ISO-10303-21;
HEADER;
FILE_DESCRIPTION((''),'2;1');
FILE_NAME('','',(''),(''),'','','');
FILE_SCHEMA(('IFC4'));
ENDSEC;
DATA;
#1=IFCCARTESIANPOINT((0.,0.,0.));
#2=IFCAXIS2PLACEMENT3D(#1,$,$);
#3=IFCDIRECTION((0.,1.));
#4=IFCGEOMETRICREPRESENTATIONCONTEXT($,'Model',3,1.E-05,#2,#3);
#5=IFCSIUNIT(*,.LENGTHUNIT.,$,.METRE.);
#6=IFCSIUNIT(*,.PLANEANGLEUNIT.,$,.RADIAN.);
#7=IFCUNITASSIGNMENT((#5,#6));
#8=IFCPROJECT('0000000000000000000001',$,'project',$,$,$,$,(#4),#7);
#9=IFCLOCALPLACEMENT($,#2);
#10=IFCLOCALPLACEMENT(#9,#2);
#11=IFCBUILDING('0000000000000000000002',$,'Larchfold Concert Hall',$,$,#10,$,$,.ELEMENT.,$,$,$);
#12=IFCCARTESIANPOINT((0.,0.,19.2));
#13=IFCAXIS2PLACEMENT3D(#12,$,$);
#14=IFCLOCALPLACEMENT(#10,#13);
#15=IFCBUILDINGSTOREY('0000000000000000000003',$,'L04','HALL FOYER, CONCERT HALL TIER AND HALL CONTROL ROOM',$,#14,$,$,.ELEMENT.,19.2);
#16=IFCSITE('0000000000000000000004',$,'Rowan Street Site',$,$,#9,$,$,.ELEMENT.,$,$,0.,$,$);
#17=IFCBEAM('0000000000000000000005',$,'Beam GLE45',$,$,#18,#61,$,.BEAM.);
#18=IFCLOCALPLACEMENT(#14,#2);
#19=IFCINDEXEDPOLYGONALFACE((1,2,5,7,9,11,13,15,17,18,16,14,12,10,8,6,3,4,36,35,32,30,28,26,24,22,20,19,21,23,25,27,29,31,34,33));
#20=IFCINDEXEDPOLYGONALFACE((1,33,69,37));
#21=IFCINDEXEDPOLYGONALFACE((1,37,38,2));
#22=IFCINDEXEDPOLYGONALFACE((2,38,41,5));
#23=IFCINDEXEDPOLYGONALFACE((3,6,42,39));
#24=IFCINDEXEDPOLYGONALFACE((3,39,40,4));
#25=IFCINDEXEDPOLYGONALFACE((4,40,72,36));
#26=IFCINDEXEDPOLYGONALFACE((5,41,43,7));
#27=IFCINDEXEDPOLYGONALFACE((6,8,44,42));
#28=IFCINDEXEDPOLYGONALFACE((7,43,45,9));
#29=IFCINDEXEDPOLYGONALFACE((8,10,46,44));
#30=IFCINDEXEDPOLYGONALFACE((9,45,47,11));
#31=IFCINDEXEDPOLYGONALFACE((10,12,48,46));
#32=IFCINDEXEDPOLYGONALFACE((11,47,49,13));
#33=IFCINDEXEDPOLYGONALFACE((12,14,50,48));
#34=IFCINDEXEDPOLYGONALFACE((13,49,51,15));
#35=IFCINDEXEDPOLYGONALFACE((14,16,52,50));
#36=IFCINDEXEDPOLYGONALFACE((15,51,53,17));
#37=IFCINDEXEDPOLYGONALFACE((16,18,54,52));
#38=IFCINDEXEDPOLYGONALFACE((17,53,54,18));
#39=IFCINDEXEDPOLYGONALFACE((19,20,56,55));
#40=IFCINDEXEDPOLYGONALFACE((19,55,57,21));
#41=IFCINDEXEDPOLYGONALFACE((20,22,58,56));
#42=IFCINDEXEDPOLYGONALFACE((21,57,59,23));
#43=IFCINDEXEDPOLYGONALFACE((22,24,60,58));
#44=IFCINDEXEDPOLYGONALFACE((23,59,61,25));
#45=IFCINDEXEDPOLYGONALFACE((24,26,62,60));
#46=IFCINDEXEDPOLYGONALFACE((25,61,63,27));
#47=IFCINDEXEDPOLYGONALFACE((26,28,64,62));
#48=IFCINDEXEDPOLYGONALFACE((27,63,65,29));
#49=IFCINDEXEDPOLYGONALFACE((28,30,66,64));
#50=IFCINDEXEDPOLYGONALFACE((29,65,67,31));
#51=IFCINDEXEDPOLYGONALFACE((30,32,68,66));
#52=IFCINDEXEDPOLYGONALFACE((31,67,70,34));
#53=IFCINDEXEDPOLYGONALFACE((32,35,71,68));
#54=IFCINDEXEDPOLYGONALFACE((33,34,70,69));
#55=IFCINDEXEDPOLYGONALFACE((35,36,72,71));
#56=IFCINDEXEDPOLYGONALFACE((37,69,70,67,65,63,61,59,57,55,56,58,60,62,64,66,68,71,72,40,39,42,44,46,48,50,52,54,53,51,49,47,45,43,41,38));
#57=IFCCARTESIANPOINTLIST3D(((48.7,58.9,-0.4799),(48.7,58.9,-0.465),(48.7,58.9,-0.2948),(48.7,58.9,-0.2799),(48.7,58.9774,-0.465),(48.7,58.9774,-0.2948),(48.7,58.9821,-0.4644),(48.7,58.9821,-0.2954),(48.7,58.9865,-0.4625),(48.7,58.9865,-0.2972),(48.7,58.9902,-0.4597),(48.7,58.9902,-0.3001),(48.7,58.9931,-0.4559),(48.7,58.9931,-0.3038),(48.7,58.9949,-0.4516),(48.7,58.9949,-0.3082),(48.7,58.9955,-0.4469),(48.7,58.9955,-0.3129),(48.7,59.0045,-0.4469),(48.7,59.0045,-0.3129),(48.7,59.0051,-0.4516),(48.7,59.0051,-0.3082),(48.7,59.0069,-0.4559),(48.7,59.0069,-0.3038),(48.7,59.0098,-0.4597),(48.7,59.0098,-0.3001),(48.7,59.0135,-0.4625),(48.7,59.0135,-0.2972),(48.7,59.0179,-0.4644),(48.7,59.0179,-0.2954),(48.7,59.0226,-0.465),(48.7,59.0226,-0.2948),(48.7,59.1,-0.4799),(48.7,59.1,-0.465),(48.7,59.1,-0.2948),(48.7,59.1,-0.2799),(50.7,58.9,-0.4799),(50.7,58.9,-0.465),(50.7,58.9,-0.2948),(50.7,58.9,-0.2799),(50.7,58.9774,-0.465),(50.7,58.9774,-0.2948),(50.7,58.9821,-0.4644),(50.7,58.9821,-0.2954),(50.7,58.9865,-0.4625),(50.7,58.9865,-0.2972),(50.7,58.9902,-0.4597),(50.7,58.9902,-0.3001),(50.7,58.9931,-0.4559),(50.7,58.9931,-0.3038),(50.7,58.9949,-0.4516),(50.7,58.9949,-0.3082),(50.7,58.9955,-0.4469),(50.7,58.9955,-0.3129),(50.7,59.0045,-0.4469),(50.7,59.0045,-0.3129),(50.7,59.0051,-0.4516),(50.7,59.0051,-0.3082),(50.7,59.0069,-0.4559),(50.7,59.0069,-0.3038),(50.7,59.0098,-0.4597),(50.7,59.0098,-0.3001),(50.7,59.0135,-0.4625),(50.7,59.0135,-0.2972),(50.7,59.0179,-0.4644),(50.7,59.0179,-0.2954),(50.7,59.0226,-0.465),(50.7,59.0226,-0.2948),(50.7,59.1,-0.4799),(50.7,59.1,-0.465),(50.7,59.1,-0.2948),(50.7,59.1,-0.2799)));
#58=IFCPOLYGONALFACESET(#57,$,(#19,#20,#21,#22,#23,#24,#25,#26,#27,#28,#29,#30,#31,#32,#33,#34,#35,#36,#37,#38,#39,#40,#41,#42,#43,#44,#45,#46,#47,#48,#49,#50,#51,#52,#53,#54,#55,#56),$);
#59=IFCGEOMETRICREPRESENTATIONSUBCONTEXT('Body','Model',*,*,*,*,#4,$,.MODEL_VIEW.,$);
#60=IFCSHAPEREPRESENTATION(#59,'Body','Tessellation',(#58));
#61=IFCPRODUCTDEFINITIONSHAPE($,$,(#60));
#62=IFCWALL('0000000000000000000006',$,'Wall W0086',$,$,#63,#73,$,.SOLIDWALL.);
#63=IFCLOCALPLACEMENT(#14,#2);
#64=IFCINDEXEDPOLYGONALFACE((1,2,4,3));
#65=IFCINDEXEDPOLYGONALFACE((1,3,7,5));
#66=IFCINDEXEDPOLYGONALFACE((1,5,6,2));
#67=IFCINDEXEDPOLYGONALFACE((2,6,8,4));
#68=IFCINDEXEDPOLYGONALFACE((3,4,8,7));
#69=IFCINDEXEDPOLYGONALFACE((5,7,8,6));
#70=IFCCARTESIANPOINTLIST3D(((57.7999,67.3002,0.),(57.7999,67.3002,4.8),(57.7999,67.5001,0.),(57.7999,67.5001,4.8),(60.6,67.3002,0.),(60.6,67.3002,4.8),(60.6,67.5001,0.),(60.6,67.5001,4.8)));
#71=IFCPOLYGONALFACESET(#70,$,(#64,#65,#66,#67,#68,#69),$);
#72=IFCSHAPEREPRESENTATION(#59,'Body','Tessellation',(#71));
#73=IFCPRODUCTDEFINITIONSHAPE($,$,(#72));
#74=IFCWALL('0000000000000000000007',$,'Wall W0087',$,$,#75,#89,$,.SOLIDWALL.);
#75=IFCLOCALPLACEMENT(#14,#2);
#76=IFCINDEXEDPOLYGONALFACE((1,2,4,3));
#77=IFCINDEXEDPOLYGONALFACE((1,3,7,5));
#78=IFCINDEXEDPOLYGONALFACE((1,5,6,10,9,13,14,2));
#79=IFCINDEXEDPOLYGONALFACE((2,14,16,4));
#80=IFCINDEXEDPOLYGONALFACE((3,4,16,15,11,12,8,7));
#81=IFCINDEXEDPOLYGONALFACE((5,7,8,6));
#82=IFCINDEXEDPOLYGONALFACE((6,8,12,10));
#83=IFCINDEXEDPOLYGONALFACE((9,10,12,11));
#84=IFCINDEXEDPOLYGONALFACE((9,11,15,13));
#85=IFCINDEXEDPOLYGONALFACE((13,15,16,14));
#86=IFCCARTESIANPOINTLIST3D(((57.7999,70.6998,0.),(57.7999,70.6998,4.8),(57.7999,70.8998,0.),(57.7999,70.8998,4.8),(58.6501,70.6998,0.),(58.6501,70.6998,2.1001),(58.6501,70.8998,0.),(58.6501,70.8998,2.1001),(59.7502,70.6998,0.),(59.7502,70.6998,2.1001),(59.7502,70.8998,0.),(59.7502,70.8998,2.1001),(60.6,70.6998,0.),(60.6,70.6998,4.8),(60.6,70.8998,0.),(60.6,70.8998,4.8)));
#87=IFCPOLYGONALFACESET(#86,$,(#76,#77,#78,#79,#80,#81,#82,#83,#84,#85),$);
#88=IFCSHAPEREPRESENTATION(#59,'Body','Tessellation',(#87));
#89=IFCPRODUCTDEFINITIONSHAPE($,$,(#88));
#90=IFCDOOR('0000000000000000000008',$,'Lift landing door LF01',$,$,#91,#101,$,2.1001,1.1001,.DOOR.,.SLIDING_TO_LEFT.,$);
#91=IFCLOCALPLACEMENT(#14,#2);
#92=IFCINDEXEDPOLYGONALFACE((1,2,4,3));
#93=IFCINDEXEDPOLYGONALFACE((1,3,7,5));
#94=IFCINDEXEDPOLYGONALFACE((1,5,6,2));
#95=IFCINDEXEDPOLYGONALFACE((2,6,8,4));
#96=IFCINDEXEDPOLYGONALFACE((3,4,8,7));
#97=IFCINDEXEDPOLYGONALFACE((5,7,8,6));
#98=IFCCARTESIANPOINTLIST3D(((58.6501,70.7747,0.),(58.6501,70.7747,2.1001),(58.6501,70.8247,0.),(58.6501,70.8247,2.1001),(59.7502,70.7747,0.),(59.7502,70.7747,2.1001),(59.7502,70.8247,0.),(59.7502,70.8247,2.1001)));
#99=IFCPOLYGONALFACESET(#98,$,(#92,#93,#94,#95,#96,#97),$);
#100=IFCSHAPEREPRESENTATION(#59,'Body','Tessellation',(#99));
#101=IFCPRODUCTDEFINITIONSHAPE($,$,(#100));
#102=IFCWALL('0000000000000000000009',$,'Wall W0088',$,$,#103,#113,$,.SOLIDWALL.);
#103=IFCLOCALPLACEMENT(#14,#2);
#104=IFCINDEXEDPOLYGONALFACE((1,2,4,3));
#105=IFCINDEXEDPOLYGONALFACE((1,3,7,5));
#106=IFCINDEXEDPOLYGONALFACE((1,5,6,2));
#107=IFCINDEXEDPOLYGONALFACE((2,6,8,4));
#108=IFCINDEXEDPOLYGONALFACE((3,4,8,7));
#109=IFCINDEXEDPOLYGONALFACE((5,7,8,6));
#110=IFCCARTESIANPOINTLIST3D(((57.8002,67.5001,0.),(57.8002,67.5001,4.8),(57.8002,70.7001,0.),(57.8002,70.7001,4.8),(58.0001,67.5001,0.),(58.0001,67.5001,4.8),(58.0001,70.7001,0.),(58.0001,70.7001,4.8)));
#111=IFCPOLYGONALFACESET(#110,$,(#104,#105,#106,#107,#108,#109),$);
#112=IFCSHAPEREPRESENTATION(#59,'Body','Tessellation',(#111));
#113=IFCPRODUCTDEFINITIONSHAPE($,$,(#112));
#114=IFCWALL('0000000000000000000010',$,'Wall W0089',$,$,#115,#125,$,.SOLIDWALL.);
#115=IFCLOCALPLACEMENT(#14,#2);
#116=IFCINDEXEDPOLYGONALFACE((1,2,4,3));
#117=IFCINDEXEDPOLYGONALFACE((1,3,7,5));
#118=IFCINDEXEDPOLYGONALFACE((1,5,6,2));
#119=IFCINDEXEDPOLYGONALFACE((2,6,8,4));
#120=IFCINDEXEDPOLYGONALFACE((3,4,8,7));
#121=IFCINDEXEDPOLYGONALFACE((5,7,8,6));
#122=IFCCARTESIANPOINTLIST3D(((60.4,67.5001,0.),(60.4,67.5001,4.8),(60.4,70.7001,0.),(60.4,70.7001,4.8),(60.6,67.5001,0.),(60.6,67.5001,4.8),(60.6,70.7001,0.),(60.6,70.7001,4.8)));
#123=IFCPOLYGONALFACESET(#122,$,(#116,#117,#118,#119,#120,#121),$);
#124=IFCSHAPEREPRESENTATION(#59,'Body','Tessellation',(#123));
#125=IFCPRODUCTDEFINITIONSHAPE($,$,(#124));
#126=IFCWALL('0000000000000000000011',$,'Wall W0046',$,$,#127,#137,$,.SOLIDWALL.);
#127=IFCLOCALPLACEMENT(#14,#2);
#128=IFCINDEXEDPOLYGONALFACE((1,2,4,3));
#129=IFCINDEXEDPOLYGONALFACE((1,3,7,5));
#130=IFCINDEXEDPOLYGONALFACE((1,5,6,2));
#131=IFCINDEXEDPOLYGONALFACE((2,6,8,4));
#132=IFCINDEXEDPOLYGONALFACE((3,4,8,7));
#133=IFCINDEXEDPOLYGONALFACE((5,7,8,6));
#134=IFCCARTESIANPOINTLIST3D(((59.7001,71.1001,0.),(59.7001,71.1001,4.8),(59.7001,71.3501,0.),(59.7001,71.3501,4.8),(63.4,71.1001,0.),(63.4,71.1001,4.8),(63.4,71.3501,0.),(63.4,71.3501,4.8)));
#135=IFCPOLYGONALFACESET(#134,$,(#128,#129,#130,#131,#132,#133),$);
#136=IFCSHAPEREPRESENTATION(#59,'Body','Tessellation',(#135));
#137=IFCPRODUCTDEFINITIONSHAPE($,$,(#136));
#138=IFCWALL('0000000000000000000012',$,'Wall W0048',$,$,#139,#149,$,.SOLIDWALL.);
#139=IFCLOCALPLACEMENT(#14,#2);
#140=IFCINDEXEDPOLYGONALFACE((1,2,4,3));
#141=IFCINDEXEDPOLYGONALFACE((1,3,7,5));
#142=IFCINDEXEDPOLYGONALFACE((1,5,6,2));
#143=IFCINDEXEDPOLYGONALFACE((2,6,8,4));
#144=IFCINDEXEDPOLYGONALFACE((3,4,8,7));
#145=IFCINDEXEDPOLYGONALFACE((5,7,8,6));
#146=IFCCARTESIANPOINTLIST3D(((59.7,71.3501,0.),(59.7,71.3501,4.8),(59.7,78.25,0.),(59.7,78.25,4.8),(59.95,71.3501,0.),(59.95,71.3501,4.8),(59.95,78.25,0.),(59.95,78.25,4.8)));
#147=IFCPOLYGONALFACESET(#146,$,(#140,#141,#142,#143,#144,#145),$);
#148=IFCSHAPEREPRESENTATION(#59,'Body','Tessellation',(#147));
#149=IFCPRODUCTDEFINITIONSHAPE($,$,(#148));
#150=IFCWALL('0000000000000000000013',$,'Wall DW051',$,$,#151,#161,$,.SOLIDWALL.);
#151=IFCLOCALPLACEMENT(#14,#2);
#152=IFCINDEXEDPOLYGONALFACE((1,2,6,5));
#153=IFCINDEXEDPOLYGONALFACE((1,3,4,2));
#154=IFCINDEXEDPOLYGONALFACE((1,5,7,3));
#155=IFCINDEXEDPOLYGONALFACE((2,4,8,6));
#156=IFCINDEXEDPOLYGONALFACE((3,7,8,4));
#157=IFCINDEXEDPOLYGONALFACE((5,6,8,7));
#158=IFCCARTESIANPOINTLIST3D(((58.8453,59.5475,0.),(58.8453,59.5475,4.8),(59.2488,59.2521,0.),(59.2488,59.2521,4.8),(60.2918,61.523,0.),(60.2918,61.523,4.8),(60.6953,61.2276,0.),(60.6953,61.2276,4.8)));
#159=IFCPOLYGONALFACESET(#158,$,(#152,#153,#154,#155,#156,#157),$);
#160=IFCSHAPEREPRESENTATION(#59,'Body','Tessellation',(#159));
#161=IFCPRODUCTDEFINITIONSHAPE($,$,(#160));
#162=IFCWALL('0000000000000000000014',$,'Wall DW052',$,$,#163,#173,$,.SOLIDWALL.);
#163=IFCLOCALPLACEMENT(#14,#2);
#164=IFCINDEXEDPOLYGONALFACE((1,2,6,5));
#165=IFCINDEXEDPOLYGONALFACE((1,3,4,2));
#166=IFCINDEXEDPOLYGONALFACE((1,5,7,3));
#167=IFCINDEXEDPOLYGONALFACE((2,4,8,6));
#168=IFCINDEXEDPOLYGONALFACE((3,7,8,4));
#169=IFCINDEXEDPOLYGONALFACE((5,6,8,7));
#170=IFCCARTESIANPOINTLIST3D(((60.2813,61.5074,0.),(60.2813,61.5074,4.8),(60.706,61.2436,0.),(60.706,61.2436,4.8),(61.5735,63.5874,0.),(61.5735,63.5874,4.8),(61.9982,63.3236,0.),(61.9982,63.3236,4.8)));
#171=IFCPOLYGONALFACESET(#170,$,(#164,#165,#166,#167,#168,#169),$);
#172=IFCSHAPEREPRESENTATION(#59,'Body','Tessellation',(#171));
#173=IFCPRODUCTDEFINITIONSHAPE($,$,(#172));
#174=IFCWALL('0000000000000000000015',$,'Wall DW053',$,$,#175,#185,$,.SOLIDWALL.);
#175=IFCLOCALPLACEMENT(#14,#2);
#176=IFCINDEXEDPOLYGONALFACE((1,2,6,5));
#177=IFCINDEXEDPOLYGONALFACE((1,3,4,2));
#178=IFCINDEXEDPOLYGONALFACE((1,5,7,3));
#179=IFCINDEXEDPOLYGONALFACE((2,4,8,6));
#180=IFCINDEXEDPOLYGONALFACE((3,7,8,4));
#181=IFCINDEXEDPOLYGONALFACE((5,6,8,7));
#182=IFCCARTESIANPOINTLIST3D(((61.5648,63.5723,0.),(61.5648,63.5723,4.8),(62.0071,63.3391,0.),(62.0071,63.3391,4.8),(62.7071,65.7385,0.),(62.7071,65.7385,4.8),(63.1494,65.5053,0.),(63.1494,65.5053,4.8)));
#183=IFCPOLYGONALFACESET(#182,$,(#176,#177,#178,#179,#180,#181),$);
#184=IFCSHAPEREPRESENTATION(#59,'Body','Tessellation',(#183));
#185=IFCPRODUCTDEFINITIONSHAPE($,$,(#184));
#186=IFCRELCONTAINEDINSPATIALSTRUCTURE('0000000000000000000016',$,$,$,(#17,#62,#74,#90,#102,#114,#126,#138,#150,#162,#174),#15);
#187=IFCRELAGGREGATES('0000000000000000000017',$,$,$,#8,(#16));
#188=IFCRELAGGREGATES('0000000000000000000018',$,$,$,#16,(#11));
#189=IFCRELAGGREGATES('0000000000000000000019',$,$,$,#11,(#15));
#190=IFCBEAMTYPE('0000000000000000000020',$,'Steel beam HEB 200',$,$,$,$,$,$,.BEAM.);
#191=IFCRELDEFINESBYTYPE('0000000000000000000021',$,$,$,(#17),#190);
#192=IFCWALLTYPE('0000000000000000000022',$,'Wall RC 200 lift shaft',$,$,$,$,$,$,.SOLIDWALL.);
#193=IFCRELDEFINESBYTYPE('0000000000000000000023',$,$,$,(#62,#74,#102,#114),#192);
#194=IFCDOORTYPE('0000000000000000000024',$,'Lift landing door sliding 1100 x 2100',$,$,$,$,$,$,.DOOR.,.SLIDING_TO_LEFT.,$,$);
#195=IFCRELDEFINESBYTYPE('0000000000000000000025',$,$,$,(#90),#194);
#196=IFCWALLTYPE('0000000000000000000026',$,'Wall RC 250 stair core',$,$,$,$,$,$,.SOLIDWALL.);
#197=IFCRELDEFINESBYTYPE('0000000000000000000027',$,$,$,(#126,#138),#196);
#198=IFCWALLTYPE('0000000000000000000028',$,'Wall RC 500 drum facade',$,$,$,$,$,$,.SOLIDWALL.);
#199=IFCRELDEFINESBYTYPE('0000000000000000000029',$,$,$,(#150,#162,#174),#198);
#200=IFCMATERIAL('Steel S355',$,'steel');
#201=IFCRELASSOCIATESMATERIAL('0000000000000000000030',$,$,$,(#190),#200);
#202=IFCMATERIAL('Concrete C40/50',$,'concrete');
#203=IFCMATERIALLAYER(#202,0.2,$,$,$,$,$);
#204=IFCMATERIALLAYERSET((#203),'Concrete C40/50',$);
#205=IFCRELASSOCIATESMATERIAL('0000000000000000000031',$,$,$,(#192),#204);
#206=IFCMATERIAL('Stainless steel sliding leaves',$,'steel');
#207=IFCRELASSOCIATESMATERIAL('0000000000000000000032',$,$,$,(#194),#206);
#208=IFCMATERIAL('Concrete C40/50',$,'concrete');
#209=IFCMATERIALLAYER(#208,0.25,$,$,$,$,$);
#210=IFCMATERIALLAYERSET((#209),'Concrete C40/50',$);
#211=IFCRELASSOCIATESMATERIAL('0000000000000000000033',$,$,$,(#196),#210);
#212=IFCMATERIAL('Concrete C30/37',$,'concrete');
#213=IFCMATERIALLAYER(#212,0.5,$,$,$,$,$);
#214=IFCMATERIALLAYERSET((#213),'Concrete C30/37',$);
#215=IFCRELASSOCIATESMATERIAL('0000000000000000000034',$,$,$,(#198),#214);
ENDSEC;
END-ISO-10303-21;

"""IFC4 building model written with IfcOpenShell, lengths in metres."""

from ifc_helpers import new_model, si_unit, direction, frame, frame_2d, origin, origin_2d, place, context, subcontext, project, spatial, rectangle, i_section, extrude, material, layer, layer_set, material_profile, profile_set, type_object, element, fill, save


model = new_model("IFC4")

# Units and contexts
model_context = context("Model", 3, precision=1e-05, world=origin(), true_north=direction((0.0, 1.0)))
body_context = subcontext(model_context, "Body", "Model", "MODEL_VIEW")
ifc_project = project(units=[si_unit("LENGTHUNIT", "METRE"), si_unit("PLANEANGLEUNIT", "RADIAN")], contexts=[model_context])

# Site, building, storey
site_placement = place(None, origin())
site = spatial("IfcSite", under=ifc_project, at=site_placement, Name="Rowan Street Site", CompositionType="ELEMENT", RefElevation=0.0)
building_placement = place(site_placement, origin())
building = spatial("IfcBuilding", under=site, at=building_placement, Name="Larchfold Concert Hall", CompositionType="ELEMENT")
storey_placement = place(building_placement, frame((0.0, 0.0, 19.2)))
storey = spatial("IfcBuildingStorey", under=building, at=storey_placement, Name="L04", Description="HALL FOYER, CONCERT HALL TIER AND HALL CONTROL ROOM", CompositionType="ELEMENT", Elevation=19.2)

# Beam
ifc_material_1 = material(Name="Steel S355", Category="steel")
ifc_material_profile_1 = material_profile(ifc_material_1, i_section(OverallWidth=0.2, OverallDepth=0.2, WebThickness=0.009, FlangeThickness=0.0149, FilletRadius=0.0181, at=origin_2d()))
ifc_profile_set_1 = profile_set([ifc_material_profile_1], Name="Steel S355")
beam_type_1 = type_object("IfcBeamType", Name="Steel beam HEB 200", PredefinedType="BEAM", material=ifc_profile_set_1)
beam_1_placement = place(storey_placement, frame((50.7, 59.0, -0.3799), z_axis=(-1.0, 0.0, 0.0), x_axis=(0.0, -1.0, 0.0)))
element("IfcBeam", 1, at=beam_1_placement, inside=storey, type_object=beam_type_1, Name="Beam GLE45", PredefinedType="BEAM", context=body_context, shape_type="SweptSolid", body=[
    extrude(i_section(OverallWidth=0.2, OverallDepth=0.2, WebThickness=0.009, FlangeThickness=0.0149, FilletRadius=0.0181, at=origin_2d()), origin(), (0.0, 0.0, 1.0), 2.0),
])

# Wall
ifc_material_2 = material(Name="Concrete C40/50", Category="concrete")
ifc_layer_1 = layer(ifc_material_2, 0.2)
ifc_layer_set_1 = layer_set([ifc_layer_1], Name="Concrete C40/50")
wall_type_1 = type_object("IfcWallType", Name="Wall RC 200 lift shaft", PredefinedType="SOLIDWALL", material=ifc_layer_set_1)
wall_1_placement = place(storey_placement, frame((57.8, 67.4001, 0.0), z_axis=(0.0, 0.0, 1.0), x_axis=(1.0, 0.0, 0.0)))
element("IfcWall", 2, at=wall_1_placement, inside=storey, type_object=wall_type_1, Name="Wall W0086", PredefinedType="SOLIDWALL", context=body_context, shape_type="SweptSolid", body=[
    extrude(rectangle(XDim=2.8, YDim=0.2, at=frame_2d((1.3999, 0.0))), origin(), (0.0, 0.0, 1.0), 4.8),
])

# Wall, opening, door
wall_2_placement = place(storey_placement, frame((57.8, 70.7998, 0.0), z_axis=(0.0, 0.0, 1.0), x_axis=(1.0, 0.0, 0.0)))
wall_2 = element("IfcWall", 3, at=wall_2_placement, inside=storey, type_object=wall_type_1, Name="Wall W0087", PredefinedType="SOLIDWALL", context=body_context, shape_type="SweptSolid", body=[
    extrude(rectangle(XDim=2.8, YDim=0.2, at=frame_2d((1.3999, 0.0))), origin(), (0.0, 0.0, 1.0), 4.8),
])
opening_1_placement = place(wall_2_placement, frame((0.8501, 0.0, 0.0)))
opening_1 = element("IfcOpeningElement", 4, at=opening_1_placement, cuts=wall_2, PredefinedType="OPENING", context=body_context, shape_type="SweptSolid", body=[
    extrude(rectangle(XDim=1.1001, YDim=2.1001, at=frame_2d((0.55, 1.05))), frame((0.0, 0.1099, 0.0), z_axis=(0.0, -1.0, 0.0), x_axis=(1.0, 0.0, 0.0)), (0.0, 0.0, 1.0), 0.22),
])
ifc_material_3 = material(Name="Stainless steel sliding leaves", Category="steel")
door_type_1 = type_object("IfcDoorType", Name="Lift landing door sliding 1100 x 2100", OperationType="SLIDING_TO_LEFT", PredefinedType="DOOR", material=ifc_material_3)
door_1_placement = place(opening_1_placement, origin())
door_1 = element("IfcDoor", 5, at=door_1_placement, inside=storey, type_object=door_type_1, Name="Lift landing door LF01", OperationType="SLIDING_TO_LEFT", OverallHeight=2.1001, OverallWidth=1.1001, PredefinedType="DOOR", context=body_context, shape_type="SweptSolid", body=[
    extrude(rectangle(XDim=1.1001, YDim=2.1001, at=frame_2d((0.55, 1.05))), frame((0.0, 0.0249, 0.0), z_axis=(0.0, -1.0, 0.0), x_axis=(1.0, 0.0, 0.0)), (0.0, 0.0, 1.0), 0.05),
])
fill(opening_1, door_1)

# Walls
for number, where, z_axis, x_axis, name in (
    (6, (57.9001, 67.5, 0.0), (0.0, 0.0, 1.0), (0.0, 1.0, 0.0), "Wall W0088"),
    (7, (60.5, 67.5, 0.0), (0.0, 0.0, 1.0), (0.0, 1.0, 0.0), "Wall W0089"),
):
    element("IfcWall", number, at=place(storey_placement, frame(where, z_axis=z_axis, x_axis=x_axis)), inside=storey, type_object=wall_type_1, Name=name, PredefinedType="SOLIDWALL", context=body_context, shape_type="SweptSolid", body=[
        extrude(rectangle(XDim=3.2, YDim=0.2, at=frame_2d((1.6001, 0.0))), origin(), (0.0, 0.0, 1.0), 4.8),
    ])
ifc_material_4 = material(Name="Concrete C40/50", Category="concrete")
ifc_layer_2 = layer(ifc_material_4, 0.25)
ifc_layer_set_2 = layer_set([ifc_layer_2], Name="Concrete C40/50")
wall_type_2 = type_object("IfcWallType", Name="Wall RC 250 stair core", PredefinedType="SOLIDWALL", material=ifc_layer_set_2)
wall_3_placement = place(storey_placement, frame((59.7, 71.2251, 0.0), z_axis=(0.0, 0.0, 1.0), x_axis=(1.0, 0.0, 0.0)))
element("IfcWall", 8, at=wall_3_placement, inside=storey, type_object=wall_type_2, Name="Wall W0046", PredefinedType="SOLIDWALL", context=body_context, shape_type="SweptSolid", body=[
    extrude(rectangle(XDim=3.7, YDim=0.25, at=frame_2d((1.8501, 0.0))), origin(), (0.0, 0.0, 1.0), 4.8),
])
wall_4_placement = place(storey_placement, frame((59.825, 71.3501, 0.0), z_axis=(0.0, 0.0, 1.0), x_axis=(0.0, 1.0, 0.0)))
element("IfcWall", 9, at=wall_4_placement, inside=storey, type_object=wall_type_2, Name="Wall W0048", PredefinedType="SOLIDWALL", context=body_context, shape_type="SweptSolid", body=[
    extrude(rectangle(XDim=6.8999, YDim=0.25, at=frame_2d((3.45, 0.0))), origin(), (0.0, 0.0, 1.0), 4.8),
])
ifc_material_5 = material(Name="Concrete C30/37", Category="concrete")
ifc_layer_3 = layer(ifc_material_5, 0.5)
ifc_layer_set_3 = layer_set([ifc_layer_3], Name="Concrete C30/37")
wall_type_3 = type_object("IfcWallType", Name="Wall RC 500 drum facade", PredefinedType="SOLIDWALL", material=ifc_layer_set_3)
wall_5_placement = place(storey_placement, frame((59.0471, 59.3999, 0.0), z_axis=(0.0, 0.0, 1.0), x_axis=(0.590771, 0.806839, 0.0)))
element("IfcWall", 10, at=wall_5_placement, inside=storey, type_object=wall_type_3, Name="Wall DW051", PredefinedType="SOLIDWALL", context=body_context, shape_type="SweptSolid", body=[
    extrude(rectangle(XDim=2.4485, YDim=0.5, at=frame_2d((1.2241, 0.0))), origin(), (0.0, 0.0, 1.0), 4.8),
])
wall_6_placement = place(storey_placement, frame((60.4937, 61.3755, 0.0), z_axis=(0.0, 0.0, 1.0), x_axis=(0.527703, 0.849429, 0.0)))
element("IfcWall", 11, at=wall_6_placement, inside=storey, type_object=wall_type_3, Name="Wall DW052", PredefinedType="SOLIDWALL", context=body_context, shape_type="SweptSolid", body=[
    extrude(rectangle(XDim=2.4487, YDim=0.5, at=frame_2d((1.2244, 0.0))), origin(), (0.0, 0.0, 1.0), 4.8),
])
wall_7_placement = place(storey_placement, frame((61.7859, 63.4556, 0.0), z_axis=(0.0, 0.0, 1.0), x_axis=(0.466449, 0.884548, 0.0)))
element("IfcWall", 12, at=wall_7_placement, inside=storey, type_object=wall_type_3, Name="Wall DW053", PredefinedType="SOLIDWALL", context=body_context, shape_type="SweptSolid", body=[
    extrude(rectangle(XDim=2.449, YDim=0.5, at=frame_2d((1.2246, 0.0))), origin(), (0.0, 0.0, 1.0), 4.8),
])

save(model, "model.ifc")
